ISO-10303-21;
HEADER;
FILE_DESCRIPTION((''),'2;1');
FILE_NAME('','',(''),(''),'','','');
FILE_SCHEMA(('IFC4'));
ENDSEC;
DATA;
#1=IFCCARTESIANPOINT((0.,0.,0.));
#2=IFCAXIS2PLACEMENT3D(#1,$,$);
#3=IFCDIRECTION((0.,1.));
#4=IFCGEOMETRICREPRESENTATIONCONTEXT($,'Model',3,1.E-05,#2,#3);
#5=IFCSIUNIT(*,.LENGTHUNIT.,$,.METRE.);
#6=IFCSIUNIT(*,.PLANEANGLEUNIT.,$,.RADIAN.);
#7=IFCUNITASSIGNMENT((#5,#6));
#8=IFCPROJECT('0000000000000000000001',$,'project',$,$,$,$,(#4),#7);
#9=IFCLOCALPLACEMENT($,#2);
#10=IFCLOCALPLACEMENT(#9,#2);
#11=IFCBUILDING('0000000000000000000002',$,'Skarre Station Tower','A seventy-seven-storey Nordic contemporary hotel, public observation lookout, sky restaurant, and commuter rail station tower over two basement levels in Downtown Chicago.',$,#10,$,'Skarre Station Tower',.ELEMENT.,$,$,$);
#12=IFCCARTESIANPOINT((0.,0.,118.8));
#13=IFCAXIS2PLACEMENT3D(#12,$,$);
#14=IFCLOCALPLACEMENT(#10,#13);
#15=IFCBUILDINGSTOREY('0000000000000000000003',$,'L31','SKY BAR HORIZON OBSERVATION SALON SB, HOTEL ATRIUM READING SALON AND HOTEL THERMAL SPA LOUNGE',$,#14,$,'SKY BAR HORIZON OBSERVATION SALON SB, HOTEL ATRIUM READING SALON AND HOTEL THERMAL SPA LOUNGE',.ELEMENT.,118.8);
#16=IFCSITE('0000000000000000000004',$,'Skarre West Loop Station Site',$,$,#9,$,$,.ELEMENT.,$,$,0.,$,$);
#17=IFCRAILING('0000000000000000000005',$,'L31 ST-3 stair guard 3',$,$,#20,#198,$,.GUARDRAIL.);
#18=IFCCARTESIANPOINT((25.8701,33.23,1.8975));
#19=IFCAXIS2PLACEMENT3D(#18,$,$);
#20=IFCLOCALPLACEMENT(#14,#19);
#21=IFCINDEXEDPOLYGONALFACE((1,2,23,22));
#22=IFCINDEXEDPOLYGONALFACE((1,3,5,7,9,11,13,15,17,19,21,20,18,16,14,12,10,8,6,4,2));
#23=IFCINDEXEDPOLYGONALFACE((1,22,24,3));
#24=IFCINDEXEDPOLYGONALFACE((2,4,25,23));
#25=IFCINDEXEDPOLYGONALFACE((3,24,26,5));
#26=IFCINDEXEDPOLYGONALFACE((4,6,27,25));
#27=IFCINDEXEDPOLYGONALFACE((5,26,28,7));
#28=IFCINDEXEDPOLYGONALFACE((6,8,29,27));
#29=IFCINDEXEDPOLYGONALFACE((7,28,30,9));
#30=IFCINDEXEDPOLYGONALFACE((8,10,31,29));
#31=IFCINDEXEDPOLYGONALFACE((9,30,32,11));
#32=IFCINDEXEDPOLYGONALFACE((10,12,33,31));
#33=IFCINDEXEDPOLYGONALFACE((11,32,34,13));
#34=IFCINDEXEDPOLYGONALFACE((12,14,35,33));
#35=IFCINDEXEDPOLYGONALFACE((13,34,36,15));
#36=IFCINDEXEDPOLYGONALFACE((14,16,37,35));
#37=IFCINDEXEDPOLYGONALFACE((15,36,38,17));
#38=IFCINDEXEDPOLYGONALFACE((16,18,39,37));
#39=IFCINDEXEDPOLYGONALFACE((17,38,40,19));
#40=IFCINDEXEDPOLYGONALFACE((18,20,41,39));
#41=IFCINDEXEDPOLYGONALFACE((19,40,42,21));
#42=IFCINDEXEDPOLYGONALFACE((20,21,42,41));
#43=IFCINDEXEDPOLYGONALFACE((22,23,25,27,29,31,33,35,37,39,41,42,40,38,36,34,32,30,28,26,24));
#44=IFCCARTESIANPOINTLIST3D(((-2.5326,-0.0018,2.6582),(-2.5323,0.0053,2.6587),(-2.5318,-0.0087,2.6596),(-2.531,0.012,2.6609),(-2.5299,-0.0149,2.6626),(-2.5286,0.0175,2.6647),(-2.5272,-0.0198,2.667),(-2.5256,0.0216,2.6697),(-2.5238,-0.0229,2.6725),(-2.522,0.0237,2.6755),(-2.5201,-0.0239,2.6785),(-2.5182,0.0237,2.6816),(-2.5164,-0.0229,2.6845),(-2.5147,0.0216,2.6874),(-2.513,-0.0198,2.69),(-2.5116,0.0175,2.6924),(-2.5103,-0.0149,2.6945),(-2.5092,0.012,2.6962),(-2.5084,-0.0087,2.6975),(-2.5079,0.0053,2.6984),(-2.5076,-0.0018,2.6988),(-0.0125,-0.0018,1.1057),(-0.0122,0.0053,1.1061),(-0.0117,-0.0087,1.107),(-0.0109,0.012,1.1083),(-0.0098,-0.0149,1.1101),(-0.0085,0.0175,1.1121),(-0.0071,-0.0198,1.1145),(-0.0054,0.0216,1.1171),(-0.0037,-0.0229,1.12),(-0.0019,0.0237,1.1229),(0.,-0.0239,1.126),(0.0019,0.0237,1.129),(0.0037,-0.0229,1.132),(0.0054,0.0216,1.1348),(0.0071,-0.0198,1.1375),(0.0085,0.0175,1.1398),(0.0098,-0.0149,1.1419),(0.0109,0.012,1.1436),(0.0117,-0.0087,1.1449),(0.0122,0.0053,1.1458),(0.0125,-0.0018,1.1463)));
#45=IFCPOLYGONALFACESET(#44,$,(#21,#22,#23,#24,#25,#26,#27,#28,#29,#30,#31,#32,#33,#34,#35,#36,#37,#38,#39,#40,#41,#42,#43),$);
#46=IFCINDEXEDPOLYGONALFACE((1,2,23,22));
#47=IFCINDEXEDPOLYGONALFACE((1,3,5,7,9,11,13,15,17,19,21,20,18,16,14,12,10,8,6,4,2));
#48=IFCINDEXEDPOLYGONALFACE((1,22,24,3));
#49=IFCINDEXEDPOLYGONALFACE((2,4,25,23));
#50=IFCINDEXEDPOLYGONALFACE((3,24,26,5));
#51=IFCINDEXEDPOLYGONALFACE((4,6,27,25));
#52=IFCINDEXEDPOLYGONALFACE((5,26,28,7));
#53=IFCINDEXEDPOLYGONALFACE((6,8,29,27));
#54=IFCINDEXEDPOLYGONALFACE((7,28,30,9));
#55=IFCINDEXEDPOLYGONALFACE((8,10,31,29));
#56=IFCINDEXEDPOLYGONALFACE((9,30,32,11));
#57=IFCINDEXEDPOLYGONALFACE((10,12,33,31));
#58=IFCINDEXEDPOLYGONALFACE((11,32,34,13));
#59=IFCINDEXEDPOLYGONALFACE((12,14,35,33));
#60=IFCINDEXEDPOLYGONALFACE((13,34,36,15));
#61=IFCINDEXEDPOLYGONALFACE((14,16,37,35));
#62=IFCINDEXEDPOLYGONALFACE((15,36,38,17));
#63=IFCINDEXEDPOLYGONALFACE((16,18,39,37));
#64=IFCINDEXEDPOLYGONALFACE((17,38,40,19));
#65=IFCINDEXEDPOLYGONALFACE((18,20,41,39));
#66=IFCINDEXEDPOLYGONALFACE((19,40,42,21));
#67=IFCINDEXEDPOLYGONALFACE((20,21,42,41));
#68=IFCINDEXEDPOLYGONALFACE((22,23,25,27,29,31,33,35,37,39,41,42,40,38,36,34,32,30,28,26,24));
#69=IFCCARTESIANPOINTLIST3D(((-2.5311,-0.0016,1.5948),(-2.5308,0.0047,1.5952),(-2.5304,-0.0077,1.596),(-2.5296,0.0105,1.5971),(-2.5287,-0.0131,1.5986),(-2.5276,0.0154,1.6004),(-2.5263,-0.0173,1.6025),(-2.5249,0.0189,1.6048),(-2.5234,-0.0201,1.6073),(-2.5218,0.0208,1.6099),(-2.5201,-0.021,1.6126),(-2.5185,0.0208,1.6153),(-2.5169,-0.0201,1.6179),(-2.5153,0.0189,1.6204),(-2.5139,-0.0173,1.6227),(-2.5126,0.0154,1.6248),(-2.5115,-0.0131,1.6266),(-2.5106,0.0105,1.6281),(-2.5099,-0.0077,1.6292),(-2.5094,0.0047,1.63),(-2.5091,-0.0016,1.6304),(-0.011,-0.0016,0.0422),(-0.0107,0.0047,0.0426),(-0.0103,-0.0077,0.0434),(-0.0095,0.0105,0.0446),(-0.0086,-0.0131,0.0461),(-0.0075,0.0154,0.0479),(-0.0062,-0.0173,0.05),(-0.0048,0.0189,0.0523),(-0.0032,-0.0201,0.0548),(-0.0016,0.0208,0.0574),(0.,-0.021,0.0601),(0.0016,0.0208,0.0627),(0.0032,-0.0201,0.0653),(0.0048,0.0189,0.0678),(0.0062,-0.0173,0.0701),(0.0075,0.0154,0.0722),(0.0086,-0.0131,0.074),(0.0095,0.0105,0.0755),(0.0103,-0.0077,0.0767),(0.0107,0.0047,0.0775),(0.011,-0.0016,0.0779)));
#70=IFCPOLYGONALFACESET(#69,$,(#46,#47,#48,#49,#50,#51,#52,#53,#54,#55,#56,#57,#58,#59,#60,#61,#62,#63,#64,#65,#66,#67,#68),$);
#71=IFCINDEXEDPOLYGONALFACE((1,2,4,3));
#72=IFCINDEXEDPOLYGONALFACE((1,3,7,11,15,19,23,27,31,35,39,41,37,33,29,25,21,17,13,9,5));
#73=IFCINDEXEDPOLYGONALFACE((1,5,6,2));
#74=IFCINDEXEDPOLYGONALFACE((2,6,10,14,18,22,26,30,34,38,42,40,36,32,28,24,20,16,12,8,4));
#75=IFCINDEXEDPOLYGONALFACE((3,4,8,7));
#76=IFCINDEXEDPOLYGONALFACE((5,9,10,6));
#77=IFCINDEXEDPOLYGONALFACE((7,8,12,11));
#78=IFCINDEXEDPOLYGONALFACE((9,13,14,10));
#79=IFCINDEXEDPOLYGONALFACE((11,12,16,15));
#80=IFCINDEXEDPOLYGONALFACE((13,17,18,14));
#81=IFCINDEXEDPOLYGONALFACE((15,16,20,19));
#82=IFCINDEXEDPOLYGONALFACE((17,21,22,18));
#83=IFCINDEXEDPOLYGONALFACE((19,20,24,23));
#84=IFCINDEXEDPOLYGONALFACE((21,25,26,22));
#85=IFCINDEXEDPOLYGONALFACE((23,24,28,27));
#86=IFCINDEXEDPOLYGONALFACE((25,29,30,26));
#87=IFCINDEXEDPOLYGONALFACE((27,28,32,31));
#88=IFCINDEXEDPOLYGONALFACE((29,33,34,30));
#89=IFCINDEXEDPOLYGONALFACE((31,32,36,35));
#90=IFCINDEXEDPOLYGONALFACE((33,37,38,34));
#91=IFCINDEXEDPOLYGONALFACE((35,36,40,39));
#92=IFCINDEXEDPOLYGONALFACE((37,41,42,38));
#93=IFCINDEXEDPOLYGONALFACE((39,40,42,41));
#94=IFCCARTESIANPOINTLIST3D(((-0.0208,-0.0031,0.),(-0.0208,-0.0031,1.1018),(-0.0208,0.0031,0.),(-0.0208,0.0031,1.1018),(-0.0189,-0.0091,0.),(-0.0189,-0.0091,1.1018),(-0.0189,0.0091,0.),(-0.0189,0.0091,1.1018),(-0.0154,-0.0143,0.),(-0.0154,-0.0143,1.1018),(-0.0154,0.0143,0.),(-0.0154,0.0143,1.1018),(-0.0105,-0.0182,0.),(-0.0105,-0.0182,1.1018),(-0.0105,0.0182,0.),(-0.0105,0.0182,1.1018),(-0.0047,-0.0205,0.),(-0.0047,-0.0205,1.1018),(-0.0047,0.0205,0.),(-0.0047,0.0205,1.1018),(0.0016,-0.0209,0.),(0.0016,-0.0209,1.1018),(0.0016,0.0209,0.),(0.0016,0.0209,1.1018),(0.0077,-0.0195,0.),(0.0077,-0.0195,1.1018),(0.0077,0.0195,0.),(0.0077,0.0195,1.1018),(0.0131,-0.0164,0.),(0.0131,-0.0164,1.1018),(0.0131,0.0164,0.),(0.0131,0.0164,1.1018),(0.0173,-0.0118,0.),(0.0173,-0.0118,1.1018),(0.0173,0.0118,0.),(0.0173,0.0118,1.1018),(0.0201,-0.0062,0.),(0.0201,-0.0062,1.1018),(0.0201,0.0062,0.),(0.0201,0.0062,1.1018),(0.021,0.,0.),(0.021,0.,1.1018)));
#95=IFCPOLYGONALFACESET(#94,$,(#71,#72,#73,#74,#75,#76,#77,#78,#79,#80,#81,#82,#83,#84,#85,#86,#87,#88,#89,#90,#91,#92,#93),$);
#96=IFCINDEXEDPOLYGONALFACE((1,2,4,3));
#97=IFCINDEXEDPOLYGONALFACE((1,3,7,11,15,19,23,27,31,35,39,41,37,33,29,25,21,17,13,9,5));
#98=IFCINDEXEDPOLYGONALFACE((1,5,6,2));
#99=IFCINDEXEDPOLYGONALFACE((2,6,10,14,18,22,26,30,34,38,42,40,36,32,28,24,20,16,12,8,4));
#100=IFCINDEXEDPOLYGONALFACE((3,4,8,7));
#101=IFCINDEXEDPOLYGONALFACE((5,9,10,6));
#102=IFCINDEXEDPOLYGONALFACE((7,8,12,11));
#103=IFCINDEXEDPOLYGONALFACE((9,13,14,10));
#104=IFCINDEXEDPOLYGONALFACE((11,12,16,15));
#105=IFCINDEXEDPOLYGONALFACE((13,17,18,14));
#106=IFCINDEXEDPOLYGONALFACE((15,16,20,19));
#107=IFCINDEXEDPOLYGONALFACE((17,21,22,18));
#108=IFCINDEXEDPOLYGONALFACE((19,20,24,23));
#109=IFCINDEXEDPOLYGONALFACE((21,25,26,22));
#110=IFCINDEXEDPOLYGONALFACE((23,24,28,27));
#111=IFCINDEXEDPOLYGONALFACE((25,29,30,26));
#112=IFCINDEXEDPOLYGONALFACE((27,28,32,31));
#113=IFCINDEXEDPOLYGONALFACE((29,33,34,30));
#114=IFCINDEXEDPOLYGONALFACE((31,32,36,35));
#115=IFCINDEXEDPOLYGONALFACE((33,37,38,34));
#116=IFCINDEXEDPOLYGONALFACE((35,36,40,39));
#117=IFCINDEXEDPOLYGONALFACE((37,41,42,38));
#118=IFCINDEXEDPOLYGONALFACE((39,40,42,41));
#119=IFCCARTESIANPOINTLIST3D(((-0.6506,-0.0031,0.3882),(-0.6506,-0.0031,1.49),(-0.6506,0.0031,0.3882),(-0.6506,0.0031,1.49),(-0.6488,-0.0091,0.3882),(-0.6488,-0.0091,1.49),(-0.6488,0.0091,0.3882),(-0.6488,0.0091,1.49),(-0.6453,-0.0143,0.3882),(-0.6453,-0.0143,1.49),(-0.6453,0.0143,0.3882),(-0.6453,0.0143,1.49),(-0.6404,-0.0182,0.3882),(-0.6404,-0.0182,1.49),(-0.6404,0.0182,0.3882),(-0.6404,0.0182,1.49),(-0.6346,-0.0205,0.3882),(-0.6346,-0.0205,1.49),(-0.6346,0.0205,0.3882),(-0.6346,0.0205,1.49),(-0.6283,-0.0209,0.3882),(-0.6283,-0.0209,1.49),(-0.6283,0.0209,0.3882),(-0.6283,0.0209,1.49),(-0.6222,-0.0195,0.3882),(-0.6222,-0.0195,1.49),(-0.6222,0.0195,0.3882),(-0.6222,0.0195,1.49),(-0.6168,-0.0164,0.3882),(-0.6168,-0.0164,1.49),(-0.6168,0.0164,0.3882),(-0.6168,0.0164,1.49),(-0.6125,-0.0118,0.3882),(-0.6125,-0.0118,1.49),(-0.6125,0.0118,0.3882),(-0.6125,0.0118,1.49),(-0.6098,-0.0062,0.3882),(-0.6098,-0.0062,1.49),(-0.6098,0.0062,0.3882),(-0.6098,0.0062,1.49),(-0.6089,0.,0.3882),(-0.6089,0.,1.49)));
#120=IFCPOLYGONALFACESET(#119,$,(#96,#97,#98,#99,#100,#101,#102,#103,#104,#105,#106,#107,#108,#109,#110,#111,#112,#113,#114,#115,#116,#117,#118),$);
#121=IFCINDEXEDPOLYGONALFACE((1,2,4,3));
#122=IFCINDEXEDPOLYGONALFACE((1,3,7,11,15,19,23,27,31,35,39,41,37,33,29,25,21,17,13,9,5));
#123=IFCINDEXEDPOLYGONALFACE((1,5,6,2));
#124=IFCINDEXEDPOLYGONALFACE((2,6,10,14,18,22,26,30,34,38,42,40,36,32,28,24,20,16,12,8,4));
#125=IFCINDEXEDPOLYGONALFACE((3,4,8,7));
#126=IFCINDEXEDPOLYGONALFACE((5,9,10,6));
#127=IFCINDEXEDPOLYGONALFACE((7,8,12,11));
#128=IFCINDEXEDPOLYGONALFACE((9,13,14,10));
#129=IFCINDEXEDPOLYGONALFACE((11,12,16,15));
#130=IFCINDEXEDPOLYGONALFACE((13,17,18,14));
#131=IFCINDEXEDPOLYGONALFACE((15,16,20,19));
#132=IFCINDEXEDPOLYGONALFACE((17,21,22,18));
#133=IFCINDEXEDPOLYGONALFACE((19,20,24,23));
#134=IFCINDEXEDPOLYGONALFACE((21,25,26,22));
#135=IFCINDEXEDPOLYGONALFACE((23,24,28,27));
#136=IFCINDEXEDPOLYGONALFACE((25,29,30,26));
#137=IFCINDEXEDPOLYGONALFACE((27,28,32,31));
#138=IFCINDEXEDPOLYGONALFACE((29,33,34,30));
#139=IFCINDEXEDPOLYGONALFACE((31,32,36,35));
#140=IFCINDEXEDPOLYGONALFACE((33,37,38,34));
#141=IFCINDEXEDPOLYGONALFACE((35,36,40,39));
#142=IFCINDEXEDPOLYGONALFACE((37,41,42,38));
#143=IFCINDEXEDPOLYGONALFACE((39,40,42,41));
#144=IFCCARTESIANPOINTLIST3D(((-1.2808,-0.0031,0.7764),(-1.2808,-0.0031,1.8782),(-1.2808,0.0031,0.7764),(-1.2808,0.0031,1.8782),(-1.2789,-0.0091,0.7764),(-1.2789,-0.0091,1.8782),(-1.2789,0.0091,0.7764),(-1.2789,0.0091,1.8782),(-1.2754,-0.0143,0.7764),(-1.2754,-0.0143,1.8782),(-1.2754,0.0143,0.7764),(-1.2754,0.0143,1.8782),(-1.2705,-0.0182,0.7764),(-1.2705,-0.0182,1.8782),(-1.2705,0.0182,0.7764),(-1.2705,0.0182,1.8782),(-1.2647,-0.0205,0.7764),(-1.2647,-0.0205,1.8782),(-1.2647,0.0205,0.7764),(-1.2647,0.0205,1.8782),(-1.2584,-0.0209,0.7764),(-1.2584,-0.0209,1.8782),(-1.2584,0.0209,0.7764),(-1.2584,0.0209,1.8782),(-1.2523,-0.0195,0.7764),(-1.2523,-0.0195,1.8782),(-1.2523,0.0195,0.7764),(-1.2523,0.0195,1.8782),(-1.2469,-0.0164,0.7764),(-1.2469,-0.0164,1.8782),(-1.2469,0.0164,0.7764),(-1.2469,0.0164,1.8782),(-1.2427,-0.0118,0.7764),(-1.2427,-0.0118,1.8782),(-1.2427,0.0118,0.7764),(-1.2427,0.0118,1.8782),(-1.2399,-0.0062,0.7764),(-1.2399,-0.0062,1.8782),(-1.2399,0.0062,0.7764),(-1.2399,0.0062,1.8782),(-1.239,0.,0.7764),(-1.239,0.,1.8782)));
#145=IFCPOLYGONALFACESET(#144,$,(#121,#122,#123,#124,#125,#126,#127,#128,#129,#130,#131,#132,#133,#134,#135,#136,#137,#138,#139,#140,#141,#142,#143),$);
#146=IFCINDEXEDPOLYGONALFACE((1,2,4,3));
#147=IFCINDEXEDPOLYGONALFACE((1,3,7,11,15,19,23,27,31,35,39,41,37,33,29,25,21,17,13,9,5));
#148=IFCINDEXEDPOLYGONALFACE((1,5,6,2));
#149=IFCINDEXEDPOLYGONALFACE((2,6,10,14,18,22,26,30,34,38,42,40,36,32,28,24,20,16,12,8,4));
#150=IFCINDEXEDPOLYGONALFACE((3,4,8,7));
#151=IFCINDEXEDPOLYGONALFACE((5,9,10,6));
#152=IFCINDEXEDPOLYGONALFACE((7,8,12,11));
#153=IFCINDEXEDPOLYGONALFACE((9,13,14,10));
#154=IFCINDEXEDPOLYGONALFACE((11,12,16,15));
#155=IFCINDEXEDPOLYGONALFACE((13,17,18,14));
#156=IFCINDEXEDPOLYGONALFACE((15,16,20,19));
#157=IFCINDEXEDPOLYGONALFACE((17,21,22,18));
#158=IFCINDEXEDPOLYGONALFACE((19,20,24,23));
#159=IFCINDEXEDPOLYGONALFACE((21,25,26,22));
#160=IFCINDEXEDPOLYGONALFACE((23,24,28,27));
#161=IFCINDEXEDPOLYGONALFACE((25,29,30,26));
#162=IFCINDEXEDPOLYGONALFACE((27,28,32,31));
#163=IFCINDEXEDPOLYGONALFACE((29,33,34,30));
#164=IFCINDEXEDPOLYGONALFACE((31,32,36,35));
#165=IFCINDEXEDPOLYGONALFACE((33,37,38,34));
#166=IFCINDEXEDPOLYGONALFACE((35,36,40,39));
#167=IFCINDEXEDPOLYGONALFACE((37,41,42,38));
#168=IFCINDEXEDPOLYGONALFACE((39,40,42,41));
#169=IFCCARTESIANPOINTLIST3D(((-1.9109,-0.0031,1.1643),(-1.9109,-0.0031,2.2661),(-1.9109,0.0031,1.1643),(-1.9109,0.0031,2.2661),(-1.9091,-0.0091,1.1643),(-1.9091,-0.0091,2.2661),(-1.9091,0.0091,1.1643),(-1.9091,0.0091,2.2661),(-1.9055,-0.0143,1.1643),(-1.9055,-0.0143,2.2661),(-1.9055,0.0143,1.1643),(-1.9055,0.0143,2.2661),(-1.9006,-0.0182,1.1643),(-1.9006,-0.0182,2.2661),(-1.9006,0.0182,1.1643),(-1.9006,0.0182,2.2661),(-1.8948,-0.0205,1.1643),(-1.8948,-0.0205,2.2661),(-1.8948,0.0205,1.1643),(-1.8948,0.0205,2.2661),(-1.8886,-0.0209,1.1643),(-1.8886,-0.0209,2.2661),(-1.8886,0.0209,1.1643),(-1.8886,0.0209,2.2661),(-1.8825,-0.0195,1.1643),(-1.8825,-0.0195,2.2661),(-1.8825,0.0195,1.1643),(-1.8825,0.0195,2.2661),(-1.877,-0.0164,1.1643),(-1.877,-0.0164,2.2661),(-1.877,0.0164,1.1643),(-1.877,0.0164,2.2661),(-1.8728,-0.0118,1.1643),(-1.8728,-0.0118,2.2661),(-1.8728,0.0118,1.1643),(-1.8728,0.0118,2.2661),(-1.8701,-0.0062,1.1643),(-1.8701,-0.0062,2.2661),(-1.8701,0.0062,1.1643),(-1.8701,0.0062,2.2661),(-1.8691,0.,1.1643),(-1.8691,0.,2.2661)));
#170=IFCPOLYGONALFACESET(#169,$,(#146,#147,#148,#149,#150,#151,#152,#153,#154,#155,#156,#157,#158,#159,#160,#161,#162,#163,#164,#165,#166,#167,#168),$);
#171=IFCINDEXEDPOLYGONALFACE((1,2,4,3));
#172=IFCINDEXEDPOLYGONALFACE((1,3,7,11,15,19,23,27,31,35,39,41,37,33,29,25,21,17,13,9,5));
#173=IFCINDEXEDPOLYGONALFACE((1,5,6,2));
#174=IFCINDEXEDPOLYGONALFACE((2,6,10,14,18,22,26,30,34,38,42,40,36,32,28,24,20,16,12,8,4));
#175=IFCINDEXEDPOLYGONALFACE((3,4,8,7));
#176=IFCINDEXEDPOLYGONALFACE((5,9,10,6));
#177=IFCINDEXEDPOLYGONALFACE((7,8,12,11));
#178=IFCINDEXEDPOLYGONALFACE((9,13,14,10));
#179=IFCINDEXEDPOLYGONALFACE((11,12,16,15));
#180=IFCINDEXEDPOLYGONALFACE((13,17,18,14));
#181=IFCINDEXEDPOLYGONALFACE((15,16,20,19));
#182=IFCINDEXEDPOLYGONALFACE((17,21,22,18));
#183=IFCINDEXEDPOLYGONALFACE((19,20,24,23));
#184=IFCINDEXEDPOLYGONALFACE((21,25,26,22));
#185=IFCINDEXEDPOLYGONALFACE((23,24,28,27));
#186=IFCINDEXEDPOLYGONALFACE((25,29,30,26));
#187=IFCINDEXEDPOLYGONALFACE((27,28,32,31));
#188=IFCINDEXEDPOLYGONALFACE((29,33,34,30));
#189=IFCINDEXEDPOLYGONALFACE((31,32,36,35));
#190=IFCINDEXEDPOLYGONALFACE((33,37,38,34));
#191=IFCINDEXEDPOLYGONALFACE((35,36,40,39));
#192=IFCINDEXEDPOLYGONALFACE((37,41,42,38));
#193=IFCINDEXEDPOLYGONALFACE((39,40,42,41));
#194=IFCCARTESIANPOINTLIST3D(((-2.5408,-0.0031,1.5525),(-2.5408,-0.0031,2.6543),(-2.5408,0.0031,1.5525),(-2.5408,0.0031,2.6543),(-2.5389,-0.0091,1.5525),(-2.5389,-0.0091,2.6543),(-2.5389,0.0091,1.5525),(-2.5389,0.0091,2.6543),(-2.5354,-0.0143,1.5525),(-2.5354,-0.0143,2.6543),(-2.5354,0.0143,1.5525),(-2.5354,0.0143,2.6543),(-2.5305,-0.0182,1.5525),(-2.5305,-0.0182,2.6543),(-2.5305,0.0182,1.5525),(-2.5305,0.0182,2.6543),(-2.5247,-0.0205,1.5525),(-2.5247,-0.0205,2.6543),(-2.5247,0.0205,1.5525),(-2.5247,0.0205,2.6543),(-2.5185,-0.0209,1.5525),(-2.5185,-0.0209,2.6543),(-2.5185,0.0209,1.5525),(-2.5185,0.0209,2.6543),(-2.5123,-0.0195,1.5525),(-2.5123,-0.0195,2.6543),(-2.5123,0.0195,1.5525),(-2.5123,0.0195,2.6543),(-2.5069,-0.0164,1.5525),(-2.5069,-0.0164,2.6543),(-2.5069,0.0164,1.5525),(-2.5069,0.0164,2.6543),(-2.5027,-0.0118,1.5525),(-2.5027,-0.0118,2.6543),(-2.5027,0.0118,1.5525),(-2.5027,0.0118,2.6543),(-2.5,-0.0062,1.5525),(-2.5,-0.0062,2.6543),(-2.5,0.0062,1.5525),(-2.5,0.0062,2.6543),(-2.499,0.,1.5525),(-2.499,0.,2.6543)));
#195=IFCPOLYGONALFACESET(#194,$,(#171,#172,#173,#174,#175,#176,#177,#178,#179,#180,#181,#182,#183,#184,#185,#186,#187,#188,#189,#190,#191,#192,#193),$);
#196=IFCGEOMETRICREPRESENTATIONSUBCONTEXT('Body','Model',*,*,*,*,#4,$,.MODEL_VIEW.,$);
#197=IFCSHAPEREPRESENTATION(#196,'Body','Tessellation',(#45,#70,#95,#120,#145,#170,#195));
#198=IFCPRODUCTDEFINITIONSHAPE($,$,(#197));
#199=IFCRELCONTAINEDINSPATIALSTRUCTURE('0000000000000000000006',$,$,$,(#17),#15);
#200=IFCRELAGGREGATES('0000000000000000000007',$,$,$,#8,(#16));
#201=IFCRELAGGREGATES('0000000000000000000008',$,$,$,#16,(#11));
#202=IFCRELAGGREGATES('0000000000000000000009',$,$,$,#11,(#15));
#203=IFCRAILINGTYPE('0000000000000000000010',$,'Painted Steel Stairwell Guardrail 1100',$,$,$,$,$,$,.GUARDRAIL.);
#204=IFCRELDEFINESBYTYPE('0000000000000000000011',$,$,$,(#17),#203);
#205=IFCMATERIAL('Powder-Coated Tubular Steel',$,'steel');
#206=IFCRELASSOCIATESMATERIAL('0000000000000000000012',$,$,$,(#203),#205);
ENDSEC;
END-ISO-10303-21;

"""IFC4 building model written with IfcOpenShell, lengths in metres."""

from ifc_helpers import new_model, si_unit, direction, frame, origin, origin_2d, place, context, subcontext, project, spatial, circle, extrude, material, type_object, element, save


model = new_model("IFC4")

# Units and contexts
model_context = context("Model", 3, precision=1e-05, world=origin(), true_north=direction((0.0, 1.0)))
body_context = subcontext(model_context, "Body", "Model", "MODEL_VIEW")
ifc_project = project(units=[si_unit("LENGTHUNIT", "METRE"), si_unit("PLANEANGLEUNIT", "RADIAN")], contexts=[model_context])

# Site, building, storey
site_placement = place(None, origin())
site = spatial("IfcSite", under=ifc_project, at=site_placement, Name="Skarre West Loop Station Site", CompositionType="ELEMENT", RefElevation=0.0)
building_placement = place(site_placement, origin())
building = spatial("IfcBuilding", under=site, at=building_placement, Name="Skarre Station Tower", Description="A seventy-seven-storey Nordic contemporary hotel, public observation lookout, sky restaurant, and commuter rail station tower over two basement levels in Downtown Chicago.", LongName="Skarre Station Tower", CompositionType="ELEMENT")
storey_placement = place(building_placement, frame((0.0, 0.0, 118.8)))
storey = spatial("IfcBuildingStorey", under=building, at=storey_placement, Name="L31", Description="SKY BAR HORIZON OBSERVATION SALON SB, HOTEL ATRIUM READING SALON AND HOTEL THERMAL SPA LOUNGE", LongName="SKY BAR HORIZON OBSERVATION SALON SB, HOTEL ATRIUM READING SALON AND HOTEL THERMAL SPA LOUNGE", CompositionType="ELEMENT", Elevation=118.8)

# Railing
ifc_material_1 = material(Name="Powder-Coated Tubular Steel", Category="steel")
railing_type = type_object("IfcRailingType", Name="Painted Steel Stairwell Guardrail 1100", PredefinedType="GUARDRAIL", material=ifc_material_1)
railing_1_placement = place(storey_placement, frame((25.8701, 33.23, 1.8975)))
element("IfcRailing", 1, at=railing_1_placement, inside=storey, type_object=railing_type, Name="L31 ST-3 stair guard 3", PredefinedType="GUARDRAIL", context=body_context, shape_type="SweptSolid", body=[
    extrude(circle(Radius=0.0239, at=origin_2d()), frame((0.0, 0.0, 1.126), z_axis=(-0.8514, 0.0, 0.524516), x_axis=(0.0, -1.0, 0.0)), (0.0, 0.0, 1.0), 2.96),
    extrude(circle(Radius=0.021, at=origin_2d()), frame((0.0, 0.0, 0.0601), z_axis=(-0.8514, 0.0, 0.524516), x_axis=(0.0, -1.0, 0.0)), (0.0, 0.0, 1.0), 2.96),
    extrude(circle(Radius=0.021, at=origin_2d()), origin(), (0.0, 0.0, 1.0), 1.1018),
    extrude(circle(Radius=0.021, at=origin_2d()), frame((-0.6299, 0.0, 0.3882)), (0.0, 0.0, 1.0), 1.1018),
    extrude(circle(Radius=0.021, at=origin_2d()), frame((-1.26, 0.0, 0.7764)), (0.0, 0.0, 1.0), 1.1018),
    extrude(circle(Radius=0.021, at=origin_2d()), frame((-1.8901, 0.0, 1.1643)), (0.0, 0.0, 1.0), 1.1018),
    extrude(circle(Radius=0.021, at=origin_2d()), frame((-2.52, 0.0, 1.5525)), (0.0, 0.0, 1.0), 1.1018),
])

save(model, "model.ifc")
